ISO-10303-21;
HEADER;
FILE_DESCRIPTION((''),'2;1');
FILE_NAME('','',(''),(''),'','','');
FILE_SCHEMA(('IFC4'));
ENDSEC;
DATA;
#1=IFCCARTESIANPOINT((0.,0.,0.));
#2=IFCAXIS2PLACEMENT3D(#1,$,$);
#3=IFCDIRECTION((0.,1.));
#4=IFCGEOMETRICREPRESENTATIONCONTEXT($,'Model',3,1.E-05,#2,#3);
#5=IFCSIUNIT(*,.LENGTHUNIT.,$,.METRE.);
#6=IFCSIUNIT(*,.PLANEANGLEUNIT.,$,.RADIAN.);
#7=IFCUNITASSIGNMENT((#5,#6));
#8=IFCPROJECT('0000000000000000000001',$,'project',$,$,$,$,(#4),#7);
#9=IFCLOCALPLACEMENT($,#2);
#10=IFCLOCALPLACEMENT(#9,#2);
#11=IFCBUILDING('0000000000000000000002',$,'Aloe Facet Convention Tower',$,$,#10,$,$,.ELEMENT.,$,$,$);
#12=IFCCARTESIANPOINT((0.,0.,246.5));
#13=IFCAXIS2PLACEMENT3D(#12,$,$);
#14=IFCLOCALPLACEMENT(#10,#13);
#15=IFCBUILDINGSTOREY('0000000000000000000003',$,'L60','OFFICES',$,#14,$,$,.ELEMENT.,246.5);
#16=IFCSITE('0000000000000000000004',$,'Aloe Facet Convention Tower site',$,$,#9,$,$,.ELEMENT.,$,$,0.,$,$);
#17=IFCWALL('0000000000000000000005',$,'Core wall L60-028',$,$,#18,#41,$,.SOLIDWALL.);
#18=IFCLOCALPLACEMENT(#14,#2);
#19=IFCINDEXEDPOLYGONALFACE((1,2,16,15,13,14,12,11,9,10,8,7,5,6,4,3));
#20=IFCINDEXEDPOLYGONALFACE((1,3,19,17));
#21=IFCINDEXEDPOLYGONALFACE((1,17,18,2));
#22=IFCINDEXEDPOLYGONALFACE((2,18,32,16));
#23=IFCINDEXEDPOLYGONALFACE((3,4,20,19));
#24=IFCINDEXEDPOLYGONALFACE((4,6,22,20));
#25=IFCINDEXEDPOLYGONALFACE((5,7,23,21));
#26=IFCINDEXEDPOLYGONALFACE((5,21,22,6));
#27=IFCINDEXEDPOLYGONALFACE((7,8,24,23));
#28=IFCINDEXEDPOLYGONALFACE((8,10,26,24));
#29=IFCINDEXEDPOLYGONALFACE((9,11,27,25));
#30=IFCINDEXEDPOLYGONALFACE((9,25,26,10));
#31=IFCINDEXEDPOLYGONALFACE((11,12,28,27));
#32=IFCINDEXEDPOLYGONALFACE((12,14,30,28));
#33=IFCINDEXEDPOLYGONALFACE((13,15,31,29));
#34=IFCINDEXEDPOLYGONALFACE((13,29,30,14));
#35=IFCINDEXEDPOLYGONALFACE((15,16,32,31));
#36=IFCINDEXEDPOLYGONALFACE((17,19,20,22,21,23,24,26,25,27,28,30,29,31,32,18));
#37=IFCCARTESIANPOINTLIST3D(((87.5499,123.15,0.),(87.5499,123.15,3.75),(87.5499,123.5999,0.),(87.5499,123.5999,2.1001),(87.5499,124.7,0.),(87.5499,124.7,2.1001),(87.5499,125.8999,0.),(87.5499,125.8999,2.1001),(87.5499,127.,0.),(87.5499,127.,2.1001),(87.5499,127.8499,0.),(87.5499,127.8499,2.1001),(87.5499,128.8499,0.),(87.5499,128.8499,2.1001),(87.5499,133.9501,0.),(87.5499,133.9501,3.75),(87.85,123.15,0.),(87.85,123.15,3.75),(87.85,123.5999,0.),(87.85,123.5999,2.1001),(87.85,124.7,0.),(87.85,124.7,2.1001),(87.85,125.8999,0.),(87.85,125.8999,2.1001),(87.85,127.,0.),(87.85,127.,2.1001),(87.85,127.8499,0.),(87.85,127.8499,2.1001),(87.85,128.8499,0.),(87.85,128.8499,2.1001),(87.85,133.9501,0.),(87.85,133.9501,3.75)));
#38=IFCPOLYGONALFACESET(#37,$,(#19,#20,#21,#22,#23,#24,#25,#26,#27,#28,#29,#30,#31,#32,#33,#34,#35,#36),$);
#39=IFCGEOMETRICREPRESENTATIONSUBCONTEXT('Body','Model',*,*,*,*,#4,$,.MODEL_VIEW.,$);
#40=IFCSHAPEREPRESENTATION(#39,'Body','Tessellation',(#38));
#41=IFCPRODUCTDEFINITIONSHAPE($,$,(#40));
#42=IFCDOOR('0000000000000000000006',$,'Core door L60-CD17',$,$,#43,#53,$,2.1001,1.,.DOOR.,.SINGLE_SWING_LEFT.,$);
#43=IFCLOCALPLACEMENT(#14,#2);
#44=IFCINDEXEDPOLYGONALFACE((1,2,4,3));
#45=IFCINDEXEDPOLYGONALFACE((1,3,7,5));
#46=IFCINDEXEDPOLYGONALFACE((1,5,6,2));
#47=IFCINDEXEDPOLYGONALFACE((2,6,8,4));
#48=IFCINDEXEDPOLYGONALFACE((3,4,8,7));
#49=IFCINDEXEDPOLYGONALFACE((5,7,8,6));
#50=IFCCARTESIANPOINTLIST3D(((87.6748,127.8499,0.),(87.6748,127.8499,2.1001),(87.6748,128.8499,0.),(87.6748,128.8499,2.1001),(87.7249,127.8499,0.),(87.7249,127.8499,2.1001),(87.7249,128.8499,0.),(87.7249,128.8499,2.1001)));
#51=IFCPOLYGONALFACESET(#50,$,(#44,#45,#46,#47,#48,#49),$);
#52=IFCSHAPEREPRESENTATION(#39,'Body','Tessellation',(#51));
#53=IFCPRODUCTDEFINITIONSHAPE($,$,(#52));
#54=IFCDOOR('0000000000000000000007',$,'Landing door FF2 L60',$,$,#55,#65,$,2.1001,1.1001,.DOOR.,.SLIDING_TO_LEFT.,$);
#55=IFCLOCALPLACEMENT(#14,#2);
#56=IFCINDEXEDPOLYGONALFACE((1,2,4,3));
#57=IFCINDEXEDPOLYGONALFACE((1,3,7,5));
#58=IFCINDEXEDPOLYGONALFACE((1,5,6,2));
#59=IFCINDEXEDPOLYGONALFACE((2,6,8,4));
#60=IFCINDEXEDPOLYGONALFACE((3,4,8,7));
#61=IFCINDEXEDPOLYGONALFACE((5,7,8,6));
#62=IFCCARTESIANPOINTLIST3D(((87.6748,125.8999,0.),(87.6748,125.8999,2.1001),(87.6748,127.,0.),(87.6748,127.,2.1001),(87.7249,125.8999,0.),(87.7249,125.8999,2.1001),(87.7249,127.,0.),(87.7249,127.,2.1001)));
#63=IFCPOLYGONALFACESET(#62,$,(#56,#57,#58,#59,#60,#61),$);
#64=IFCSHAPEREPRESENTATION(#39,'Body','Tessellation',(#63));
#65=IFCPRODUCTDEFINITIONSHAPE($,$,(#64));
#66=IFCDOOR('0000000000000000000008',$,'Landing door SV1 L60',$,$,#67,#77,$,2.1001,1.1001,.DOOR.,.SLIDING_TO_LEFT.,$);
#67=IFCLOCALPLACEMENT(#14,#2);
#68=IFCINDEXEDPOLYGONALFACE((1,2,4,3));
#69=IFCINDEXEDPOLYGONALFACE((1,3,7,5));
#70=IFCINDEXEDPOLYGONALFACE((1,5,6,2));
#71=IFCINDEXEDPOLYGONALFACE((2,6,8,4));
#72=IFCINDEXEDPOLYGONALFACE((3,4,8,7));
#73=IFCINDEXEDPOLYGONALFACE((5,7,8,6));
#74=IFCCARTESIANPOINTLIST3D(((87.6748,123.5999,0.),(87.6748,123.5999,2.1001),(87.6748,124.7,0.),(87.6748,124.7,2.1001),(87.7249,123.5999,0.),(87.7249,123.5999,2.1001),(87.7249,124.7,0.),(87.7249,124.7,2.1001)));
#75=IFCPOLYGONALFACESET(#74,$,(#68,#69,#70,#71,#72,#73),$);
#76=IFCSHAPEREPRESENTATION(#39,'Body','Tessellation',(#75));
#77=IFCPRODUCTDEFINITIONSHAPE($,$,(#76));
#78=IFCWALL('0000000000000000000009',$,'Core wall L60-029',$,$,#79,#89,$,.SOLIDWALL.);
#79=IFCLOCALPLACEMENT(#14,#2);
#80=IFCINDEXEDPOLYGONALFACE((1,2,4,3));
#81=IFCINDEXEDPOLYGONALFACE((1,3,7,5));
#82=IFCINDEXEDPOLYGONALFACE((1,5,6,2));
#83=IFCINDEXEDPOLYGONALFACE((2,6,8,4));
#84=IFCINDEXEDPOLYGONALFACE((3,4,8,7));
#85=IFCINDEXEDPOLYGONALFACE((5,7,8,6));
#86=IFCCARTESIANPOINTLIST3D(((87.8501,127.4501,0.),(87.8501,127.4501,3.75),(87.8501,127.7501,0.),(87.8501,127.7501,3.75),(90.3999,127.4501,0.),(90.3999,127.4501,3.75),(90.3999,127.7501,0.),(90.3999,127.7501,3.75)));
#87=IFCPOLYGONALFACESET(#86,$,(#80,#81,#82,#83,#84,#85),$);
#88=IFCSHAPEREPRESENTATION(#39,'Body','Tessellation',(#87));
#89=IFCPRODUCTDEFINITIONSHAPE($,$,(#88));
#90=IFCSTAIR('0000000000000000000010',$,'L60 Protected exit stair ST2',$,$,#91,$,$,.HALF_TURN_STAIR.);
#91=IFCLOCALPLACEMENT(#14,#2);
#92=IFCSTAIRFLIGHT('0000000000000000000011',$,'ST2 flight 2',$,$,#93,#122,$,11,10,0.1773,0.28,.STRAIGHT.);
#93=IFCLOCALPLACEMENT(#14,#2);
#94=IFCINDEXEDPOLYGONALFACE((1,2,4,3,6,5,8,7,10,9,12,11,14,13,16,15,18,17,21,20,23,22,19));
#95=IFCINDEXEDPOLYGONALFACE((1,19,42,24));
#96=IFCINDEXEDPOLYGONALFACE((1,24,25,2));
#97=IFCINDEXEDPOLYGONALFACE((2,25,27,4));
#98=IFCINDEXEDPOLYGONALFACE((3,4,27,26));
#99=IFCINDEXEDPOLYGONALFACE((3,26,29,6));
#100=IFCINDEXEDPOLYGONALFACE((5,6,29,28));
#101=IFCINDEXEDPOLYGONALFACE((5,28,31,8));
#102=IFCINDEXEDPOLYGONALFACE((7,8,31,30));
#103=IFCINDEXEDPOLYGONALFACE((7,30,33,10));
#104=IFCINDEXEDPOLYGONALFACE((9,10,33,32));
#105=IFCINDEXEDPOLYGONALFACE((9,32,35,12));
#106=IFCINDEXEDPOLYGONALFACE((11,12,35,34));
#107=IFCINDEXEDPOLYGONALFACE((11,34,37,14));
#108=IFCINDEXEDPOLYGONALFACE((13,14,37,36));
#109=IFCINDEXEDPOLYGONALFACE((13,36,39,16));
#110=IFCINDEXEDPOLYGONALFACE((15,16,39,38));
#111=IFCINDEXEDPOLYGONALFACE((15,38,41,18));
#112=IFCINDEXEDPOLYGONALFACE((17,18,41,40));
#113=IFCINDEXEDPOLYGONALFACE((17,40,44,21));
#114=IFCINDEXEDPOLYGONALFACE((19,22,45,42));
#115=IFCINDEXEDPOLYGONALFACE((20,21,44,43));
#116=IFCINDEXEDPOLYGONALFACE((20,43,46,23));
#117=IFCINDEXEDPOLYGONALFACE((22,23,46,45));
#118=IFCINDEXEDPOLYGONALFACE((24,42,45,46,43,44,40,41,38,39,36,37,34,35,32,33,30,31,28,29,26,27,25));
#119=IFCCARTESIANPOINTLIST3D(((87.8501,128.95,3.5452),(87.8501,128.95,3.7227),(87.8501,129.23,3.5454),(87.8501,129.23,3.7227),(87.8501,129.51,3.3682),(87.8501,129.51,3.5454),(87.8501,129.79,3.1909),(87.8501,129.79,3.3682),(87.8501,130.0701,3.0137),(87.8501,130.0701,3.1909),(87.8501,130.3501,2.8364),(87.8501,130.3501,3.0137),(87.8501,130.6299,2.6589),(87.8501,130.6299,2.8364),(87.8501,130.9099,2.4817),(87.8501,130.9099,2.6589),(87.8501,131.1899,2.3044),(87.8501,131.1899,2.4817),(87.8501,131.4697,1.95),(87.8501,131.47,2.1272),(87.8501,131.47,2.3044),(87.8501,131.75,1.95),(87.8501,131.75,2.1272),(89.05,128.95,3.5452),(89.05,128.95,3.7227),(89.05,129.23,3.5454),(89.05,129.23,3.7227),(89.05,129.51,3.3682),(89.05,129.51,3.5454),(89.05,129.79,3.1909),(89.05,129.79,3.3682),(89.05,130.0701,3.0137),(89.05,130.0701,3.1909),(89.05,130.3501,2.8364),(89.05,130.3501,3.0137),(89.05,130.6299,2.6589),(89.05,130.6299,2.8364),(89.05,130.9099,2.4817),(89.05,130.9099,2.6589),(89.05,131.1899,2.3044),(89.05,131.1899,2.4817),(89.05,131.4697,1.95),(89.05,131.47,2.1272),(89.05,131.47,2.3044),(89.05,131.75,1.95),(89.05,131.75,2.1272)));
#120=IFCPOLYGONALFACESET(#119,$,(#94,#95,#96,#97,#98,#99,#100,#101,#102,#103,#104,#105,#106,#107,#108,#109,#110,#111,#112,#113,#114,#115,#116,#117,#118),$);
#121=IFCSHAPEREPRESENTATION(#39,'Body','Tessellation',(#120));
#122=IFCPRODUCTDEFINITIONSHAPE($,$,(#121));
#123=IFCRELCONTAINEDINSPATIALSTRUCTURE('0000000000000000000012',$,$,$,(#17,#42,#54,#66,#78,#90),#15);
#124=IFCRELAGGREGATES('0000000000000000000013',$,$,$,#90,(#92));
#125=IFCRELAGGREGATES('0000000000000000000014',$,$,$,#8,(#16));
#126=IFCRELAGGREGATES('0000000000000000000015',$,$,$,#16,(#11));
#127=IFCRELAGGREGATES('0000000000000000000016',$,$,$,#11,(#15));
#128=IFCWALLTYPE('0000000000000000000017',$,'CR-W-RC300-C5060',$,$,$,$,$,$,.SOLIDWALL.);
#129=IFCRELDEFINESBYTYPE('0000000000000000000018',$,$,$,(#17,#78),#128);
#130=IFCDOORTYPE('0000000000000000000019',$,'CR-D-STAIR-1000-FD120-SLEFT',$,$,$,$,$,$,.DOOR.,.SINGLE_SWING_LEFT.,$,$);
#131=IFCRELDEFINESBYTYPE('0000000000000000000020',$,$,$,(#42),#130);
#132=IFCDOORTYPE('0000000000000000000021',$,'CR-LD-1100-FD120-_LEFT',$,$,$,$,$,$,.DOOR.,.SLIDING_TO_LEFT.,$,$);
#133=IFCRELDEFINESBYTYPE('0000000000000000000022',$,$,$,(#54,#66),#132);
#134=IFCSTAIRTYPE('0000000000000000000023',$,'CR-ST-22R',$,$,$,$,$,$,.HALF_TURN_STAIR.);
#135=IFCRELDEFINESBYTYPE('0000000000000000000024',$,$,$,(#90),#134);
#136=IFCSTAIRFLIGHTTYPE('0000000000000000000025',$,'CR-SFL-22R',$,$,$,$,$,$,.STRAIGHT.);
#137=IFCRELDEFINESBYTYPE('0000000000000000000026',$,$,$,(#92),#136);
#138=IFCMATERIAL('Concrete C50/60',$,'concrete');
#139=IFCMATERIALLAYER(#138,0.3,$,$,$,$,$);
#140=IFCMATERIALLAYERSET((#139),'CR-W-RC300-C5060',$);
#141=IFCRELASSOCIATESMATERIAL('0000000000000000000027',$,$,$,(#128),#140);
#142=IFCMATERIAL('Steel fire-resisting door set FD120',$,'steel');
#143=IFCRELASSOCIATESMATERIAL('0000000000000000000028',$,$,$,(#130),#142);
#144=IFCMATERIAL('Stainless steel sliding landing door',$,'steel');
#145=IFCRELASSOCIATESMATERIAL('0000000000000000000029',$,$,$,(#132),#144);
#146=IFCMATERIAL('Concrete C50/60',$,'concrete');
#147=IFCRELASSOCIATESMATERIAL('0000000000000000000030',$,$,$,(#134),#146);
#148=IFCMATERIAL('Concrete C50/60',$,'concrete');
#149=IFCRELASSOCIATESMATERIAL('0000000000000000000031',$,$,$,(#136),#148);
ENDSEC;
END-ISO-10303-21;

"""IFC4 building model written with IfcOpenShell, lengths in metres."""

from ifc_helpers import new_model, si_unit, direction, frame, frame_2d, origin, place, context, subcontext, project, spatial, polyline, rectangle, outline, extrude, material, layer, layer_set, type_object, element, fill, aggregate, save


model = new_model("IFC4")

# Units and contexts
model_context = context("Model", 3, precision=1e-05, world=origin(), true_north=direction((0.0, 1.0)))
body_context = subcontext(model_context, "Body", "Model", "MODEL_VIEW")
ifc_project = project(units=[si_unit("LENGTHUNIT", "METRE"), si_unit("PLANEANGLEUNIT", "RADIAN")], contexts=[model_context])

# Site, building, storey
site_placement = place(None, origin())
site = spatial("IfcSite", under=ifc_project, at=site_placement, Name="Aloe Facet Convention Tower site", CompositionType="ELEMENT", RefElevation=0.0)
building_placement = place(site_placement, origin())
building = spatial("IfcBuilding", under=site, at=building_placement, Name="Aloe Facet Convention Tower", CompositionType="ELEMENT")
storey_placement = place(building_placement, frame((0.0, 0.0, 246.5)))
storey = spatial("IfcBuildingStorey", under=building, at=storey_placement, Name="L60", Description="OFFICES", CompositionType="ELEMENT", Elevation=246.5)

# Shared definitions
ifc_material_1 = material(Name="Concrete C50/60", Category="concrete")
ifc_layer_1 = layer(ifc_material_1, 0.3)
ifc_layer_set_1 = layer_set([ifc_layer_1], Name="CR-W-RC300-C5060")
wall_type_1 = type_object("IfcWallType", Name="CR-W-RC300-C5060", PredefinedType="SOLIDWALL", material=ifc_layer_set_1)

# Wall, openings, doors
wall_1_placement = place(storey_placement, frame((87.7, 133.95, 0.0), z_axis=(0.0, 0.0, 1.0), x_axis=(0.0, -1.0, 0.0)))
wall_1 = element("IfcWall", 1, at=wall_1_placement, inside=storey, type_object=wall_type_1, Name="Core wall L60-028", PredefinedType="SOLIDWALL", context=body_context, shape_type="SweptSolid", body=[
    extrude(rectangle(XDim=10.8, YDim=0.3, at=frame_2d((5.3999, 0.0))), origin(), (0.0, 0.0, 1.0), 3.75),
])
opening_1_placement = place(wall_1_placement, frame((6.95, 0.0, 0.0)))
opening_1 = element("IfcOpeningElement", 2, at=opening_1_placement, cuts=wall_1, PredefinedType="OPENING", context=body_context, shape_type="SweptSolid", body=[
    extrude(rectangle(XDim=1.1001, YDim=2.1001, at=frame_2d((0.55, 1.05))), frame((0.0, 0.1602, 0.0), z_axis=(0.0, -1.0, 0.0), x_axis=(1.0, 0.0, 0.0)), (0.0, 0.0, 1.0), 0.3201),
])
opening_2_placement = place(wall_1_placement, frame((5.1001, 0.0, 0.0)))
opening_2 = element("IfcOpeningElement", 3, at=opening_2_placement, cuts=wall_1, PredefinedType="OPENING", context=body_context, shape_type="SweptSolid", body=[
    extrude(rectangle(XDim=1.0, YDim=2.1001, at=frame_2d((0.5, 1.05))), frame((0.0, 0.1602, 0.0), z_axis=(0.0, -1.0, 0.0), x_axis=(1.0, 0.0, 0.0)), (0.0, 0.0, 1.0), 0.3201),
])
opening_3_placement = place(wall_1_placement, frame((9.25, 0.0, 0.0)))
opening_3 = element("IfcOpeningElement", 4, at=opening_3_placement, cuts=wall_1, PredefinedType="OPENING", context=body_context, shape_type="SweptSolid", body=[
    extrude(rectangle(XDim=1.1001, YDim=2.1001, at=frame_2d((0.55, 1.05))), frame((0.0, 0.1602, 0.0), z_axis=(0.0, -1.0, 0.0), x_axis=(1.0, 0.0, 0.0)), (0.0, 0.0, 1.0), 0.3201),
])
ifc_material_2 = material(Name="Steel fire-resisting door set FD120", Category="steel")
door_type_1 = type_object("IfcDoorType", Name="CR-D-STAIR-1000-FD120-SLEFT", OperationType="SINGLE_SWING_LEFT", PredefinedType="DOOR", material=ifc_material_2)
door_1_placement = place(opening_2_placement, origin())
door_1 = element("IfcDoor", 5, at=door_1_placement, inside=storey, type_object=door_type_1, Name="Core door L60-CD17", OperationType="SINGLE_SWING_LEFT", OverallHeight=2.1001, OverallWidth=1.0, PredefinedType="DOOR", context=body_context, shape_type="SweptSolid", body=[
    extrude(rectangle(XDim=1.0, YDim=2.1001, at=frame_2d((0.5, 1.05))), frame((0.0, 0.0249, 0.0), z_axis=(0.0, -1.0, 0.0), x_axis=(1.0, 0.0, 0.0)), (0.0, 0.0, 1.0), 0.05),
])
fill(opening_2, door_1)
ifc_material_3 = material(Name="Stainless steel sliding landing door", Category="steel")
door_type_2 = type_object("IfcDoorType", Name="CR-LD-1100-FD120-_LEFT", OperationType="SLIDING_TO_LEFT", PredefinedType="DOOR", material=ifc_material_3)
door_2_placement = place(opening_1_placement, origin())
door_2 = element("IfcDoor", 6, at=door_2_placement, inside=storey, type_object=door_type_2, Name="Landing door FF2 L60", OperationType="SLIDING_TO_LEFT", OverallHeight=2.1001, OverallWidth=1.1001, PredefinedType="DOOR", context=body_context, shape_type="SweptSolid", body=[
    extrude(rectangle(XDim=1.1001, YDim=2.1001, at=frame_2d((0.55, 1.05))), frame((0.0, 0.0249, 0.0), z_axis=(0.0, -1.0, 0.0), x_axis=(1.0, 0.0, 0.0)), (0.0, 0.0, 1.0), 0.05),
])
fill(opening_1, door_2)
door_3_placement = place(opening_3_placement, origin())
door_3 = element("IfcDoor", 7, at=door_3_placement, inside=storey, type_object=door_type_2, Name="Landing door SV1 L60", OperationType="SLIDING_TO_LEFT", OverallHeight=2.1001, OverallWidth=1.1001, PredefinedType="DOOR", context=body_context, shape_type="SweptSolid", body=[
    extrude(rectangle(XDim=1.1001, YDim=2.1001, at=frame_2d((0.55, 1.05))), frame((0.0, 0.0249, 0.0), z_axis=(0.0, -1.0, 0.0), x_axis=(1.0, 0.0, 0.0)), (0.0, 0.0, 1.0), 0.05),
])
fill(opening_3, door_3)

# Wall
wall_2_placement = place(storey_placement, frame((87.8501, 127.6001, 0.0), z_axis=(0.0, 0.0, 1.0), x_axis=(1.0, 0.0, 0.0)))
element("IfcWall", 8, at=wall_2_placement, inside=storey, type_object=wall_type_1, Name="Core wall L60-029", PredefinedType="SOLIDWALL", context=body_context, shape_type="SweptSolid", body=[
    extrude(rectangle(XDim=2.5498, YDim=0.3, at=frame_2d((1.2749, 0.0))), origin(), (0.0, 0.0, 1.0), 3.75),
])

# Stair, stair flight
ifc_material_4 = material(Name="Concrete C50/60", Category="concrete")
stair_type = type_object("IfcStairType", Name="CR-ST-22R", PredefinedType="HALF_TURN_STAIR", material=ifc_material_4)
stair_placement = place(storey_placement, origin())
stair = element("IfcStair", 9, at=stair_placement, inside=storey, type_object=stair_type, Name="L60 Protected exit stair ST2", PredefinedType="HALF_TURN_STAIR")
ifc_material_5 = material(Name="Concrete C50/60", Category="concrete")
stair_flight_type = type_object("IfcStairFlightType", Name="CR-SFL-22R", PredefinedType="STRAIGHT", material=ifc_material_5)
stair_flight_placement = place(storey_placement, frame((88.45, 131.75, 1.95), z_axis=(0.0, 0.0, 1.0), x_axis=(0.0, -1.0, 0.0)))
stair_flight = element("IfcStairFlight", 10, at=stair_flight_placement, type_object=stair_flight_type, Name="ST2 flight 2", NumberOfRisers=11, NumberOfTreads=10, PredefinedType="STRAIGHT", RiserHeight=0.1773, TreadLength=0.28, context=body_context, shape_type="SweptSolid", body=[
    extrude(outline(polyline([(0.0, 0.0), (0.0, 0.1772), (0.28, 0.1772), (0.28, 0.3545), (0.5601, 0.3545), (0.5601, 0.5317), (0.8401, 0.5317), (0.8401, 0.709), (1.1201, 0.709), (1.1201, 0.8865), (1.3999, 0.8865), (1.3999, 1.0637), (1.6799, 1.0637), (1.6799, 1.241), (1.96, 1.241), (1.96, 1.4182), (2.24, 1.4182), (2.24, 1.5955), (2.52, 1.5955), (2.52, 1.7727), (2.8, 1.7727), (2.8, 1.95), (2.8, 1.5952), (0.2803, 0.0), (0.0, 0.0)])), frame((0.0, 0.6001, 0.0), z_axis=(0.0, -1.0, 0.0), x_axis=(1.0, 0.0, 0.0)), (0.0, 0.0, 1.0), 1.2),
])
aggregate(stair, [stair_flight])

save(model, "model.ifc")
